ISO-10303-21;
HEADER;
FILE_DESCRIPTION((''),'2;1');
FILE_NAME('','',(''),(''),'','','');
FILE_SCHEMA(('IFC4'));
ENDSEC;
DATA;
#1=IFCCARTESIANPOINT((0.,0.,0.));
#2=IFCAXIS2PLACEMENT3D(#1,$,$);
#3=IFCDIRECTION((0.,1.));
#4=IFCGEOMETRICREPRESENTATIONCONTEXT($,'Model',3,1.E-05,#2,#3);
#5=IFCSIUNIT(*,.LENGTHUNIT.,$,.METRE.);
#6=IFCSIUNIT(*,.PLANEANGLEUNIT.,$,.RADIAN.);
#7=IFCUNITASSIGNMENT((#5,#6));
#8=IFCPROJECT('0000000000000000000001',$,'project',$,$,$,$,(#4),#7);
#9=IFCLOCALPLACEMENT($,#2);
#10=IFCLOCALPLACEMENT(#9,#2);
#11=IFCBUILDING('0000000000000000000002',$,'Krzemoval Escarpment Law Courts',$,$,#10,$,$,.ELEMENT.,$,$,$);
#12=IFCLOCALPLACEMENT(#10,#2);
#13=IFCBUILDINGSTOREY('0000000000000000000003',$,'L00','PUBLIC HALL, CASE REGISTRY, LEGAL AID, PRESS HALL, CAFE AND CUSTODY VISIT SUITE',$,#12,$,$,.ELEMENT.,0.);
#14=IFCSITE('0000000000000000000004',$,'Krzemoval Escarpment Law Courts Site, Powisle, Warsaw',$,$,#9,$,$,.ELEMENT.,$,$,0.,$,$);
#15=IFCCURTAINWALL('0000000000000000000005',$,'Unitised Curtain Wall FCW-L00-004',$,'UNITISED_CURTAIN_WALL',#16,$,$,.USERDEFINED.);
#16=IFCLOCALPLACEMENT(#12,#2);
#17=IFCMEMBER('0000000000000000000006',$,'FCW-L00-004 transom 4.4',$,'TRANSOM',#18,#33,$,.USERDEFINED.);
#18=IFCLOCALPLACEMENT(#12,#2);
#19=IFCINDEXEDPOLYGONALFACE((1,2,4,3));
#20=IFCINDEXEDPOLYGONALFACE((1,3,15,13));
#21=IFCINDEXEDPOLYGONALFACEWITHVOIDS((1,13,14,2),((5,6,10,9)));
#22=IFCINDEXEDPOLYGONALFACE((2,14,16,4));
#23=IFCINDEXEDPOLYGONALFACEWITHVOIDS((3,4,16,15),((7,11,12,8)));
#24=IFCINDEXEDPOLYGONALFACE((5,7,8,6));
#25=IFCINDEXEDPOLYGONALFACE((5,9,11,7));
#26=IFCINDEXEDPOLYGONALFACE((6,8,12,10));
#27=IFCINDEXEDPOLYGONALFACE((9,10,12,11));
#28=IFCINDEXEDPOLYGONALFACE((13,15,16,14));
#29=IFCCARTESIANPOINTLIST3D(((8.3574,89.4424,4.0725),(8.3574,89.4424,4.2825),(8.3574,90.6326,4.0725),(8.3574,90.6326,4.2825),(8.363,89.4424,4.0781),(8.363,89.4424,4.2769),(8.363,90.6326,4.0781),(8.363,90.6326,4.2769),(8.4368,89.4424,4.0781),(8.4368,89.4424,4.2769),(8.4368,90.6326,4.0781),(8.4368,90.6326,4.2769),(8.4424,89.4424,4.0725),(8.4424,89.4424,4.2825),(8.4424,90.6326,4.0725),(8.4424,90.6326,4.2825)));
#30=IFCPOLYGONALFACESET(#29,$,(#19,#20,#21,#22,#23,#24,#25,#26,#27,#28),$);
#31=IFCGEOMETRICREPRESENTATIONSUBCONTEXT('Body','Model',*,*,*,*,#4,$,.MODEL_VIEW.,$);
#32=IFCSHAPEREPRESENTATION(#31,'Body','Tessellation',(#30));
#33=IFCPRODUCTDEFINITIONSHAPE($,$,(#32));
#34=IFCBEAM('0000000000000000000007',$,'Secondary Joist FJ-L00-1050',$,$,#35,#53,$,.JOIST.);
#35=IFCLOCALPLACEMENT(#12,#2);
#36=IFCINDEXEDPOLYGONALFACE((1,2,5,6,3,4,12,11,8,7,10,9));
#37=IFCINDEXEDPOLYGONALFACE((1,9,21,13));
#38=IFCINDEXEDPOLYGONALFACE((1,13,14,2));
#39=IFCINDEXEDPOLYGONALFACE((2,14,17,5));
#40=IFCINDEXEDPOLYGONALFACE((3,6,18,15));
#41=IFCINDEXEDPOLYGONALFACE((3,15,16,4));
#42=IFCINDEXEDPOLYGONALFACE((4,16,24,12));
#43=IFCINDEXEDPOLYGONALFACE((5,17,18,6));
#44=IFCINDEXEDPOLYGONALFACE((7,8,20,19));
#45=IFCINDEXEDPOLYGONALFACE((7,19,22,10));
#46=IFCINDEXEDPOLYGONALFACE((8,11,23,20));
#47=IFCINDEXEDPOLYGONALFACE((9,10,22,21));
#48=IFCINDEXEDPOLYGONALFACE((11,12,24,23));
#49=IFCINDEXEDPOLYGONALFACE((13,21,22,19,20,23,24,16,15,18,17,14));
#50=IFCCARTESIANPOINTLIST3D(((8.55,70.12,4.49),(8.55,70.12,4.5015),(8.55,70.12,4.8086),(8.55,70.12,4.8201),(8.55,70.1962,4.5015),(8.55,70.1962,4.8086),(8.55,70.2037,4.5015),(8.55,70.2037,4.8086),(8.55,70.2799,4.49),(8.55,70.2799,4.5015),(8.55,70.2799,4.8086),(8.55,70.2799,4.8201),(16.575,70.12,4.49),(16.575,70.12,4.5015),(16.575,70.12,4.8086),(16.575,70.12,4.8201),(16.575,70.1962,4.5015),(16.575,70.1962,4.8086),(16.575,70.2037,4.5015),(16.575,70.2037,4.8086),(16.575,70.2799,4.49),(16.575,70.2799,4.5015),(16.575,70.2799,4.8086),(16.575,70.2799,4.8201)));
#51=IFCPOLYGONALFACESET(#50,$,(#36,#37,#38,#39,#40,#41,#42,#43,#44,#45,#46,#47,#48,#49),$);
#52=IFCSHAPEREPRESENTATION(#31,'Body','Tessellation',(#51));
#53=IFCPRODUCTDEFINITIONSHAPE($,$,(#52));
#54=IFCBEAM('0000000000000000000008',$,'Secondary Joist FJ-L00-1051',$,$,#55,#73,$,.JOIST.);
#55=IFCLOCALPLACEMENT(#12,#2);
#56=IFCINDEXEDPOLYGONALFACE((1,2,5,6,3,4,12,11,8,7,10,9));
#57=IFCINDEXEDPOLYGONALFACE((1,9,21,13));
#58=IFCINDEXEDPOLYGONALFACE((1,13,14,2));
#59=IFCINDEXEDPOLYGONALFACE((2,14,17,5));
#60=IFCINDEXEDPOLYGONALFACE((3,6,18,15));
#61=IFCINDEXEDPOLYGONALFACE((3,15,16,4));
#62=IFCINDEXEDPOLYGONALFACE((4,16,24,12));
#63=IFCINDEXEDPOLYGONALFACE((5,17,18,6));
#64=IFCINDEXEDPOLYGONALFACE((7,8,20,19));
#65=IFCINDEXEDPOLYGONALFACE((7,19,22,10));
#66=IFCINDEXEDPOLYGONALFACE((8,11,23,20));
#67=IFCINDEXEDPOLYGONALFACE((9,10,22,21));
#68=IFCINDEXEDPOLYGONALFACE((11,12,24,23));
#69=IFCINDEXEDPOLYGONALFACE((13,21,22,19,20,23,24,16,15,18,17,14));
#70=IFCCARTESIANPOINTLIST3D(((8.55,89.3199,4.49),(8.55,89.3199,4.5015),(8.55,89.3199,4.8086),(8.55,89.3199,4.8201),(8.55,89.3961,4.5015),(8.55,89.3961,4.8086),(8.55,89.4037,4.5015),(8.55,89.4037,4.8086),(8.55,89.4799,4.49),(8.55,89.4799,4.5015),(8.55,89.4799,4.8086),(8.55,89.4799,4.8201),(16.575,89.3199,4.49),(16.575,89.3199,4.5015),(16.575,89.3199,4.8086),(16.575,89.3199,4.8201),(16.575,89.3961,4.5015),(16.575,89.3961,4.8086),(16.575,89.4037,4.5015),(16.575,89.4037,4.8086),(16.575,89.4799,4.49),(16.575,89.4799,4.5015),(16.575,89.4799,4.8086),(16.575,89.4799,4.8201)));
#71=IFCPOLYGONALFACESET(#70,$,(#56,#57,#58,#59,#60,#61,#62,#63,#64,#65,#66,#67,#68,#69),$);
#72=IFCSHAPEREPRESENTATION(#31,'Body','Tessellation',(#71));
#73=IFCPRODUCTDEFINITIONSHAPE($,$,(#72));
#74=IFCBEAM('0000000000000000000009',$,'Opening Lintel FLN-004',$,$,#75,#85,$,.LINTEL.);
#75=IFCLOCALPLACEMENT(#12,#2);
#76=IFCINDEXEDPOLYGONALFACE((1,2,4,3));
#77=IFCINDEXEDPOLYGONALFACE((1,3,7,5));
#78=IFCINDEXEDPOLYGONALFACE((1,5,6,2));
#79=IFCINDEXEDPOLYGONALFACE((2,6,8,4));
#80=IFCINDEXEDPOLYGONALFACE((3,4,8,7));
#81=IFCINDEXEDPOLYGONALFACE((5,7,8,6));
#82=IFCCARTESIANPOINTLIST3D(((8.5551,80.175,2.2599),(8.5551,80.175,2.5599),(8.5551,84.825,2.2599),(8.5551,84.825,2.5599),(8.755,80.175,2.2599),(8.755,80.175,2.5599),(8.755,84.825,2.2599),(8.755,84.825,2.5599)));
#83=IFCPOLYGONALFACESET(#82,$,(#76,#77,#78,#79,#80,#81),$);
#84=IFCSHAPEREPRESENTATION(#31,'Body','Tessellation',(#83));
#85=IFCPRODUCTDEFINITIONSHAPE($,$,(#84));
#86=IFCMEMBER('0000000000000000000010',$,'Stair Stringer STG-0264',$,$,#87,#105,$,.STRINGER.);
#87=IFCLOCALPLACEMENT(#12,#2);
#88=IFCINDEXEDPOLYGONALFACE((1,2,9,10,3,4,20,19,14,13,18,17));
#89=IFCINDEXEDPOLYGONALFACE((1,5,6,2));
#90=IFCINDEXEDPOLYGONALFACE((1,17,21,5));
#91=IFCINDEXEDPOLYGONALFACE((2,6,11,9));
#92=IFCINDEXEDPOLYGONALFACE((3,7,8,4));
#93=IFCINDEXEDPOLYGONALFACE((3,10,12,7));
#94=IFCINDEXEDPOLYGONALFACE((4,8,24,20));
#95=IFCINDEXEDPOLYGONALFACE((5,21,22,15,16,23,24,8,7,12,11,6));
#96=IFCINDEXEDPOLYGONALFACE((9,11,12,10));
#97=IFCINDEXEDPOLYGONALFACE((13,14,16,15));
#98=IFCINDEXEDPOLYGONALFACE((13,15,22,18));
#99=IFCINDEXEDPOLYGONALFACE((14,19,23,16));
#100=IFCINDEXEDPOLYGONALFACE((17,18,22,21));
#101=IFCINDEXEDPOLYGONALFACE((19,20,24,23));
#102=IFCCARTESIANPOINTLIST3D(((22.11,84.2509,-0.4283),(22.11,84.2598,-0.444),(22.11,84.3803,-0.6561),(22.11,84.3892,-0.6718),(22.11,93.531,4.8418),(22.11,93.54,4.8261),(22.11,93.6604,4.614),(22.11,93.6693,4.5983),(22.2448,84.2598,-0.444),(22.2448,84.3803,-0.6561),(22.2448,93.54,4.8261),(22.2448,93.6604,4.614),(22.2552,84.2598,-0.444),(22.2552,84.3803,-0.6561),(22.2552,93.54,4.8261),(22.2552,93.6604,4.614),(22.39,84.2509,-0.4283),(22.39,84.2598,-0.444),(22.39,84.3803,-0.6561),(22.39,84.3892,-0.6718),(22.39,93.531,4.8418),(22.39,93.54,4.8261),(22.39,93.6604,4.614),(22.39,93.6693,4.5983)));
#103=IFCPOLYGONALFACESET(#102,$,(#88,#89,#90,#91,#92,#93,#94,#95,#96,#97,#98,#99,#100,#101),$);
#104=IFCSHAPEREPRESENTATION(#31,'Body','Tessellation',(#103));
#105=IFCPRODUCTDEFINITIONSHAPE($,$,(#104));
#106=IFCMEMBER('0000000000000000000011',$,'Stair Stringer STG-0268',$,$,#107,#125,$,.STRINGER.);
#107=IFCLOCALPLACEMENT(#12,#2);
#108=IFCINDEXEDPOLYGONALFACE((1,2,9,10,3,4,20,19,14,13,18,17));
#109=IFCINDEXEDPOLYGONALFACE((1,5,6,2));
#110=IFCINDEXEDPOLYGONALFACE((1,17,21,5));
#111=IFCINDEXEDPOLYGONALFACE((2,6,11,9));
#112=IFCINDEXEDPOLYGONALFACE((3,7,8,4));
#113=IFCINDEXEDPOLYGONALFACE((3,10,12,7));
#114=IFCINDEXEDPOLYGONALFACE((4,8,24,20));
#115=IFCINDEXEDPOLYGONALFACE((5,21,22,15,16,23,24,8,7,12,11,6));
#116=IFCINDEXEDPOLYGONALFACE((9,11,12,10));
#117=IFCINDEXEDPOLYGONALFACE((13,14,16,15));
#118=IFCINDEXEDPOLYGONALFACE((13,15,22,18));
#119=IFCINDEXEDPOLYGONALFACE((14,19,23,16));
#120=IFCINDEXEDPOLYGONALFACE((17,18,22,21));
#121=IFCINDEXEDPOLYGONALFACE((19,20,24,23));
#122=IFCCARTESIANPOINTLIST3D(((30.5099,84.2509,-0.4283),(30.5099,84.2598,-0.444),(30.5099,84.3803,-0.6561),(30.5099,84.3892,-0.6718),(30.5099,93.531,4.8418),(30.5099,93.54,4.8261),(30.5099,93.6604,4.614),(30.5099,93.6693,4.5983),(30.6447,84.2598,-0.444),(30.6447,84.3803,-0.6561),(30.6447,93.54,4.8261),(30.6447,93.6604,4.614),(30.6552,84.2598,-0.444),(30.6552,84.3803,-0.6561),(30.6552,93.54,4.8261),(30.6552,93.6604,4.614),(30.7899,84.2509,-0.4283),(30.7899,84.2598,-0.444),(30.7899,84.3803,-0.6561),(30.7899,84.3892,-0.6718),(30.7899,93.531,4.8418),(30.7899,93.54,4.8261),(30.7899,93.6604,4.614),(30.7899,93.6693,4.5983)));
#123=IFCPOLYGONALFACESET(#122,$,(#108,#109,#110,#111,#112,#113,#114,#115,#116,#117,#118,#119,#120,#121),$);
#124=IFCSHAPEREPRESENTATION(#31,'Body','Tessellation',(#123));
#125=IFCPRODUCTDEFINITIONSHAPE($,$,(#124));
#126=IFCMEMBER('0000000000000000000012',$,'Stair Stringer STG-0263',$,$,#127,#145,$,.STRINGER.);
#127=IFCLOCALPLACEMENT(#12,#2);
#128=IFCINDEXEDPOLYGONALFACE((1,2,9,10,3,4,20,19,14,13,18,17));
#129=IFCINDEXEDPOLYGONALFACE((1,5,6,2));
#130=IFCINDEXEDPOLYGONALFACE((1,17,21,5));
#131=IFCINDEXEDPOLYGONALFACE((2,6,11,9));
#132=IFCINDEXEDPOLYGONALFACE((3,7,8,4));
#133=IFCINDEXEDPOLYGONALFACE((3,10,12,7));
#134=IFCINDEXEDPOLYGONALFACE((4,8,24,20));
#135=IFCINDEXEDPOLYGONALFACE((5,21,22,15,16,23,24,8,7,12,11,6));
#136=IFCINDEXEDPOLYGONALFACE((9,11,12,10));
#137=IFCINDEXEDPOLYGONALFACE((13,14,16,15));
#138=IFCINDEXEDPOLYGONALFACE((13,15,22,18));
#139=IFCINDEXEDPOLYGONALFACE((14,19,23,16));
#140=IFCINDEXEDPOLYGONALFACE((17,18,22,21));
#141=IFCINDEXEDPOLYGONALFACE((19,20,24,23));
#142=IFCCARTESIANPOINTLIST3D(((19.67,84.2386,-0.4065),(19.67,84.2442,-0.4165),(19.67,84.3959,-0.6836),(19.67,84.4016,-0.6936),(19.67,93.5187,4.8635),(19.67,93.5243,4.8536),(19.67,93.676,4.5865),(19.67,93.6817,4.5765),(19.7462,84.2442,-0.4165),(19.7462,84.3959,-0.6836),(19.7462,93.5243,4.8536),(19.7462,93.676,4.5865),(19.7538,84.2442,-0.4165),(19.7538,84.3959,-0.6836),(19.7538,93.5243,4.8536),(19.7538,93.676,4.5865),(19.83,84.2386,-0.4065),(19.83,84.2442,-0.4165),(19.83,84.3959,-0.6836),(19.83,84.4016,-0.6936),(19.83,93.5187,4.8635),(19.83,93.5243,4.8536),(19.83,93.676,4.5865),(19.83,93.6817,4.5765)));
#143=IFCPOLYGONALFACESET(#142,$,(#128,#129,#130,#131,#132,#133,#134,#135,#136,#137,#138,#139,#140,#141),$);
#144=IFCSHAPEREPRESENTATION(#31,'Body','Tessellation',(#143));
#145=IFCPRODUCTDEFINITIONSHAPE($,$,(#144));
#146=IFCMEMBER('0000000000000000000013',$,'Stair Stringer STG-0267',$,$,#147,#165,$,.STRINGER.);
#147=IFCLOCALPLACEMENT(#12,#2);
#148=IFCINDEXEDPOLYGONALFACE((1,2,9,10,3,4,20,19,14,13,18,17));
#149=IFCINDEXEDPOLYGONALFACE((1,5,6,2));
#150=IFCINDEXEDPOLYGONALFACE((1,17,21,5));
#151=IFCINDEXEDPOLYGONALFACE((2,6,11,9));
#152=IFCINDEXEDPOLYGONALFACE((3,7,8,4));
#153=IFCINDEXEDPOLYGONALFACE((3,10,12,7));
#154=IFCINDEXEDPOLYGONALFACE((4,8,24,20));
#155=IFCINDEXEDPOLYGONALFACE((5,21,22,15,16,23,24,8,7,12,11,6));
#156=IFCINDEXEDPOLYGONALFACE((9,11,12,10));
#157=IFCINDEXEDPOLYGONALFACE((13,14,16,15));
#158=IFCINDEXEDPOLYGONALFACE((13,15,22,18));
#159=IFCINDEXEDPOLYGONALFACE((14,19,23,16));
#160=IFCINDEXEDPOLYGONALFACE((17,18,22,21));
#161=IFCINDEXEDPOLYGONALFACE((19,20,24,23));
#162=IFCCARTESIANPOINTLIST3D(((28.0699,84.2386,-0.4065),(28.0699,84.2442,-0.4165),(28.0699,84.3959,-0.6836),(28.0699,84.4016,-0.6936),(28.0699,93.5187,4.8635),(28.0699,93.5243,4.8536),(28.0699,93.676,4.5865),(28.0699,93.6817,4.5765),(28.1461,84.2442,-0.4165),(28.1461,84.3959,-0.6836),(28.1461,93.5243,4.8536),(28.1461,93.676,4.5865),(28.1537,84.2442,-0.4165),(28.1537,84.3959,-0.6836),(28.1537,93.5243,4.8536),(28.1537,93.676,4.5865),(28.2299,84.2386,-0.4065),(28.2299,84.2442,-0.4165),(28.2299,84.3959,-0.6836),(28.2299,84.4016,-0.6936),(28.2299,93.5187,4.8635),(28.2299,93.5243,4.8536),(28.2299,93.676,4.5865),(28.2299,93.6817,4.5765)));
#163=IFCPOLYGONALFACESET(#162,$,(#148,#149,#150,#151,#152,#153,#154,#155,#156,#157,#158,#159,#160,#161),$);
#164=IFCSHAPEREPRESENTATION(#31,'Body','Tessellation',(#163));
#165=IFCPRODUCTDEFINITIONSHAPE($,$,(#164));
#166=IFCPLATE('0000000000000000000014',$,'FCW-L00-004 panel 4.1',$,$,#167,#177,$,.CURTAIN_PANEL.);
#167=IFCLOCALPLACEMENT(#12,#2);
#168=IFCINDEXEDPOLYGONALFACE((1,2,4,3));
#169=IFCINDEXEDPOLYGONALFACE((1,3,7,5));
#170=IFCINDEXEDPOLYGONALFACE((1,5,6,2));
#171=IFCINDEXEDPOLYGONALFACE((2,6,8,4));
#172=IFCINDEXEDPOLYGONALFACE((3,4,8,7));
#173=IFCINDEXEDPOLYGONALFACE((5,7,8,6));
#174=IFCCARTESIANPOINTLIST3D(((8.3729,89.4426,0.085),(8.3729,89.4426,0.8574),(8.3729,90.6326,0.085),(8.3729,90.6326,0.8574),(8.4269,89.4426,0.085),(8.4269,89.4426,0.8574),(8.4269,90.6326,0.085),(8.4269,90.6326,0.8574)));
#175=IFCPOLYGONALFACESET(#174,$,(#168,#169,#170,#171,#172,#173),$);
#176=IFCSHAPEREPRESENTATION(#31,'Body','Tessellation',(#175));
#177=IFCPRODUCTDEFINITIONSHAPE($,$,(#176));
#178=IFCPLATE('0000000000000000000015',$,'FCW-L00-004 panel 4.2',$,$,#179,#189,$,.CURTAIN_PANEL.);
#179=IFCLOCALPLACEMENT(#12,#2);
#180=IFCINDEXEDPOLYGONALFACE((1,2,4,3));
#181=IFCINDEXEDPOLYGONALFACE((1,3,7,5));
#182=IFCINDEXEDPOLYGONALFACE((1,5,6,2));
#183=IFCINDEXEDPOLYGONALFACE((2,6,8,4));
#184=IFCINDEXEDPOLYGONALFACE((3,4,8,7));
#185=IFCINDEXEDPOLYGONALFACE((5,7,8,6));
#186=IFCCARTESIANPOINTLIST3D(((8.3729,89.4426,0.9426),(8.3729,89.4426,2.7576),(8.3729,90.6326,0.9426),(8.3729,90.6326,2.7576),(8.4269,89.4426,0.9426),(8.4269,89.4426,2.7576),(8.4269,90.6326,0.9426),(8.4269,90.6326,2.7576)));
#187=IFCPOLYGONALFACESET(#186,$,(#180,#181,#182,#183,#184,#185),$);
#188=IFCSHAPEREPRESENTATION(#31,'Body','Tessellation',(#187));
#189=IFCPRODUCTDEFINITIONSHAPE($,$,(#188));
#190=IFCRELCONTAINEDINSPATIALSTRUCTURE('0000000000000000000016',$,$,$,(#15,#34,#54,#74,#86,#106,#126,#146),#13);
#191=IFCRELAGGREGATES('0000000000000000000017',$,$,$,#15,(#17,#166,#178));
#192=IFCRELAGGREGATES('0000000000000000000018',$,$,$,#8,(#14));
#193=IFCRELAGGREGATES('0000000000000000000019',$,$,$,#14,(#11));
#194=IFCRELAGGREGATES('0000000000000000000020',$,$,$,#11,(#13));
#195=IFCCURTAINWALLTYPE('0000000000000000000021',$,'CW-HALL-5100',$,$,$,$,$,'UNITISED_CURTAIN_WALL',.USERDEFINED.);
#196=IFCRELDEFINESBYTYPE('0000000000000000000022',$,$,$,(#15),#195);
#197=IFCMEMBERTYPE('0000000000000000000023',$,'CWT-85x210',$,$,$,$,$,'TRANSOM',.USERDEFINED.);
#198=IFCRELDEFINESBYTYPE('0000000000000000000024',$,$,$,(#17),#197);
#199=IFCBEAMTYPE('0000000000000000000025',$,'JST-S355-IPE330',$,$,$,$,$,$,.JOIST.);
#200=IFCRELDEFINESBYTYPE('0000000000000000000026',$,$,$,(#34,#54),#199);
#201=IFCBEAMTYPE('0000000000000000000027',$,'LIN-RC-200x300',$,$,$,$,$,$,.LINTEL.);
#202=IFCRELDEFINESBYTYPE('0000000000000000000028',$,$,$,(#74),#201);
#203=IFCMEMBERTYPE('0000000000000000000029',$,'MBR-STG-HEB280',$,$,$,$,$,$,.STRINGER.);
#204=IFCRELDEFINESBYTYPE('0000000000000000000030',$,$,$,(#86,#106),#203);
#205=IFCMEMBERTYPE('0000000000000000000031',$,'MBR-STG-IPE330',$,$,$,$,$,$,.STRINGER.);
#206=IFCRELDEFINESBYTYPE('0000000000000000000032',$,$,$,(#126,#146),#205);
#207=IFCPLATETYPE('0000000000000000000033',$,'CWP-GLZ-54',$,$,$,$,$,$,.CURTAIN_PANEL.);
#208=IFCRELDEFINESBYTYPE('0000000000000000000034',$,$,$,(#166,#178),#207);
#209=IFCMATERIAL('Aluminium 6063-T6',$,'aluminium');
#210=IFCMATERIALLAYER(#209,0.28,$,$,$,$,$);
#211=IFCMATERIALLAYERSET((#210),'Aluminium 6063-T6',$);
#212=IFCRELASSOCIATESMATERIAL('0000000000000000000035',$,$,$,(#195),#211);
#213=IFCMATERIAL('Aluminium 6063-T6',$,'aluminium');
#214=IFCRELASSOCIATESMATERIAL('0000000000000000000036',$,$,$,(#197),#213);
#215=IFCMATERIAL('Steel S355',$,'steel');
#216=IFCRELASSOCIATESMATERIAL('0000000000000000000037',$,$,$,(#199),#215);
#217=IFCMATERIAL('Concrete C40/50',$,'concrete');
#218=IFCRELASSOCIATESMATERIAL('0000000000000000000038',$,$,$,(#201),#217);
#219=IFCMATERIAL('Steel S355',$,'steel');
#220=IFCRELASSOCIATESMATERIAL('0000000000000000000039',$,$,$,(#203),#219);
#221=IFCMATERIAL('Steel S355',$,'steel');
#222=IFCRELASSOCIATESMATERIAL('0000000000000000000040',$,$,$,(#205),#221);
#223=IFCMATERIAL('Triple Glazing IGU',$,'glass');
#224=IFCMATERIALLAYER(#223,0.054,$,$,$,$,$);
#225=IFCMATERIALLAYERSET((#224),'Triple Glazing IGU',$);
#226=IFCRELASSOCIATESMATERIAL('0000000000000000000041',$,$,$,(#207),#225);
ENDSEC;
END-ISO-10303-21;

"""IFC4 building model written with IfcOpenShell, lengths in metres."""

from ifc_helpers import new_model, si_unit, direction, frame, origin, origin_2d, place, context, subcontext, project, spatial, rectangle, hollow_rectangle, i_section, extrude, material, layer, layer_set, material_profile, profile_set, type_object, element, aggregate, save


model = new_model("IFC4")

# Units and contexts
model_context = context("Model", 3, precision=1e-05, world=origin(), true_north=direction((0.0, 1.0)))
body_context = subcontext(model_context, "Body", "Model", "MODEL_VIEW")
ifc_project = project(units=[si_unit("LENGTHUNIT", "METRE"), si_unit("PLANEANGLEUNIT", "RADIAN")], contexts=[model_context])

# Site, building, storey
site_placement = place(None, origin())
site = spatial("IfcSite", under=ifc_project, at=site_placement, Name="Krzemoval Escarpment Law Courts Site, Powisle, Warsaw", CompositionType="ELEMENT", RefElevation=0.0)
building_placement = place(site_placement, origin())
building = spatial("IfcBuilding", under=site, at=building_placement, Name="Krzemoval Escarpment Law Courts", CompositionType="ELEMENT")
storey_placement = place(building_placement, origin())
storey = spatial("IfcBuildingStorey", under=building, at=storey_placement, Name="L00", Description="PUBLIC HALL, CASE REGISTRY, LEGAL AID, PRESS HALL, CAFE AND CUSTODY VISIT SUITE", CompositionType="ELEMENT", Elevation=0.0)

# Curtain wall, member
ifc_material_1 = material(Name="Aluminium 6063-T6", Category="aluminium")
ifc_layer_1 = layer(ifc_material_1, 0.28)
ifc_layer_set_1 = layer_set([ifc_layer_1], Name="Aluminium 6063-T6")
curtain_wall_type = type_object("IfcCurtainWallType", Name="CW-HALL-5100", ElementType="UNITISED_CURTAIN_WALL", PredefinedType="USERDEFINED", material=ifc_layer_set_1)
curtain_wall_placement = place(storey_placement, origin())
curtain_wall = element("IfcCurtainWall", 1, at=curtain_wall_placement, inside=storey, type_object=curtain_wall_type, Name="Unitised Curtain Wall FCW-L00-004", ObjectType="UNITISED_CURTAIN_WALL", PredefinedType="USERDEFINED")
ifc_material_2 = material(Name="Aluminium 6063-T6", Category="aluminium")
ifc_material_profile_1 = material_profile(ifc_material_2, hollow_rectangle(XDim=0.085, YDim=0.21, WallThickness=0.0056, at=origin_2d()), Name="ALU T85x210")
ifc_profile_set_1 = profile_set([ifc_material_profile_1], Name="Aluminium 6063-T6")
member_type_1 = type_object("IfcMemberType", Name="CWT-85x210", ElementType="TRANSOM", PredefinedType="USERDEFINED", material=ifc_profile_set_1)
member_placement = place(storey_placement, frame((8.3999, 89.4424, 4.1775), z_axis=(0.0, 1.0, 0.0), x_axis=(-1.0, 0.0, 0.0)))
member = element("IfcMember", 2, at=member_placement, type_object=member_type_1, Name="FCW-L00-004 transom 4.4", ObjectType="TRANSOM", PredefinedType="USERDEFINED", context=body_context, shape_type="SweptSolid", body=[
    extrude(hollow_rectangle(XDim=0.085, YDim=0.21, WallThickness=0.0056, at=origin_2d()), origin(), (0.0, 0.0, 1.0), 1.1902),
])

# Beams
ifc_material_3 = material(Name="Steel S355", Category="steel")
ifc_material_profile_2 = material_profile(ifc_material_3, i_section(OverallWidth=0.1599, OverallDepth=0.3301, WebThickness=0.0076, FlangeThickness=0.0115, at=origin_2d()), Name="IPE 330")
ifc_profile_set_2 = profile_set([ifc_material_profile_2], Name="Steel S355")
beam_type_1 = type_object("IfcBeamType", Name="JST-S355-IPE330", PredefinedType="JOIST", material=ifc_profile_set_2)
for number, where, z_axis, x_axis, name in (
    (3, (8.55, 70.2, 4.655), (1.0, 0.0, 0.0), (0.0, 1.0, 0.0), "Secondary Joist FJ-L00-1050"),
    (4, (8.55, 89.3999, 4.655), (1.0, 0.0, 0.0), (0.0, 1.0, 0.0), "Secondary Joist FJ-L00-1051"),
):
    element("IfcBeam", number, at=place(storey_placement, frame(where, z_axis=z_axis, x_axis=x_axis)), inside=storey, type_object=beam_type_1, Name=name, PredefinedType="JOIST", context=body_context, shape_type="SweptSolid", body=[
        extrude(i_section(OverallWidth=0.1599, OverallDepth=0.3301, WebThickness=0.0076, FlangeThickness=0.0115, at=origin_2d()), origin(), (0.0, 0.0, 1.0), 8.0249),
    ])
ifc_material_4 = material(Name="Concrete C40/50", Category="concrete")
ifc_material_profile_3 = material_profile(ifc_material_4, rectangle(XDim=0.2, YDim=0.3, at=origin_2d()), Name="LIN 200x300")
ifc_profile_set_3 = profile_set([ifc_material_profile_3], Name="Concrete C40/50")
beam_type_2 = type_object("IfcBeamType", Name="LIN-RC-200x300", PredefinedType="LINTEL", material=ifc_profile_set_3)
beam_placement = place(storey_placement, frame((8.655, 80.175, 2.4099), z_axis=(0.0, 1.0, 0.0), x_axis=(-1.0, 0.0, 0.0)))
element("IfcBeam", 5, at=beam_placement, inside=storey, type_object=beam_type_2, Name="Opening Lintel FLN-004", PredefinedType="LINTEL", context=body_context, shape_type="SweptSolid", body=[
    extrude(rectangle(XDim=0.2, YDim=0.3, at=origin_2d()), origin(), (0.0, 0.0, 1.0), 4.6499),
])

# Members
ifc_material_5 = material(Name="Steel S355", Category="steel")
ifc_material_profile_4 = material_profile(ifc_material_5, i_section(OverallWidth=0.28, OverallDepth=0.28, WebThickness=0.0105, FlangeThickness=0.0181, at=origin_2d()), Name="HEB 280")
ifc_profile_set_4 = profile_set([ifc_material_profile_4], Name="Steel S355")
member_type_2 = type_object("IfcMemberType", Name="MBR-STG-HEB280", PredefinedType="STRINGER", material=ifc_profile_set_4)
for number, where, z_axis, x_axis, name in (
    (6, (22.25, 84.3201, -0.55), (0.0, 0.869566, 0.493816), (-1.0, 0.0, 0.0), "Stair Stringer STG-0264"),
    (7, (30.6499, 84.3201, -0.55), (0.0, 0.869566, 0.493816), (-1.0, 0.0, 0.0), "Stair Stringer STG-0268"),
):
    element("IfcMember", number, at=place(storey_placement, frame(where, z_axis=z_axis, x_axis=x_axis)), inside=storey, type_object=member_type_2, Name=name, PredefinedType="STRINGER", context=body_context, shape_type="SweptSolid", body=[
        extrude(i_section(OverallWidth=0.28, OverallDepth=0.28, WebThickness=0.0105, FlangeThickness=0.0181, at=origin_2d()), origin(), (0.0, 0.0, 1.0), 10.6721),
    ])
ifc_material_6 = material(Name="Steel S355", Category="steel")
ifc_material_profile_5 = material_profile(ifc_material_6, i_section(OverallWidth=0.1599, OverallDepth=0.3301, WebThickness=0.0076, FlangeThickness=0.0115, at=origin_2d()), Name="IPE 330")
ifc_profile_set_5 = profile_set([ifc_material_profile_5], Name="Steel S355")
member_type_3 = type_object("IfcMemberType", Name="MBR-STG-IPE330", PredefinedType="STRINGER", material=ifc_profile_set_5)
for number, where, z_axis, x_axis, name in (
    (8, (19.75, 84.3201, -0.55), (0.0, 0.869566, 0.493816), (-1.0, 0.0, 0.0), "Stair Stringer STG-0263"),
    (9, (28.1499, 84.3201, -0.55), (0.0, 0.869566, 0.493816), (-1.0, 0.0, 0.0), "Stair Stringer STG-0267"),
):
    element("IfcMember", number, at=place(storey_placement, frame(where, z_axis=z_axis, x_axis=x_axis)), inside=storey, type_object=member_type_3, Name=name, PredefinedType="STRINGER", context=body_context, shape_type="SweptSolid", body=[
        extrude(i_section(OverallWidth=0.1599, OverallDepth=0.3301, WebThickness=0.0076, FlangeThickness=0.0115, at=origin_2d()), origin(), (0.0, 0.0, 1.0), 10.6721),
    ])

# Plates
ifc_material_7 = material(Name="Triple Glazing IGU", Category="glass")
ifc_layer_2 = layer(ifc_material_7, 0.054)
ifc_layer_set_2 = layer_set([ifc_layer_2], Name="Triple Glazing IGU")
plate_type = type_object("IfcPlateType", Name="CWP-GLZ-54", PredefinedType="CURTAIN_PANEL", material=ifc_layer_set_2)
plate_1_placement = place(storey_placement, frame((8.3999, 90.0376, 0.085), z_axis=(0.0, 0.0, 1.0), x_axis=(0.0, 1.0, 0.0)))
plate_1 = element("IfcPlate", 10, at=plate_1_placement, type_object=plate_type, Name="FCW-L00-004 panel 4.1", PredefinedType="CURTAIN_PANEL", context=body_context, shape_type="SweptSolid", body=[
    extrude(rectangle(XDim=1.1899, YDim=0.054, at=origin_2d()), origin(), (0.0, 0.0, 1.0), 0.7725),
])
plate_2_placement = place(storey_placement, frame((8.3999, 90.0376, 0.9426), z_axis=(0.0, 0.0, 1.0), x_axis=(0.0, 1.0, 0.0)))
plate_2 = element("IfcPlate", 11, at=plate_2_placement, type_object=plate_type, Name="FCW-L00-004 panel 4.2", PredefinedType="CURTAIN_PANEL", context=body_context, shape_type="SweptSolid", body=[
    extrude(rectangle(XDim=1.1899, YDim=0.054, at=origin_2d()), origin(), (0.0, 0.0, 1.0), 1.8149),
])
aggregate(curtain_wall, [member, plate_1, plate_2])

save(model, "model.ifc")
